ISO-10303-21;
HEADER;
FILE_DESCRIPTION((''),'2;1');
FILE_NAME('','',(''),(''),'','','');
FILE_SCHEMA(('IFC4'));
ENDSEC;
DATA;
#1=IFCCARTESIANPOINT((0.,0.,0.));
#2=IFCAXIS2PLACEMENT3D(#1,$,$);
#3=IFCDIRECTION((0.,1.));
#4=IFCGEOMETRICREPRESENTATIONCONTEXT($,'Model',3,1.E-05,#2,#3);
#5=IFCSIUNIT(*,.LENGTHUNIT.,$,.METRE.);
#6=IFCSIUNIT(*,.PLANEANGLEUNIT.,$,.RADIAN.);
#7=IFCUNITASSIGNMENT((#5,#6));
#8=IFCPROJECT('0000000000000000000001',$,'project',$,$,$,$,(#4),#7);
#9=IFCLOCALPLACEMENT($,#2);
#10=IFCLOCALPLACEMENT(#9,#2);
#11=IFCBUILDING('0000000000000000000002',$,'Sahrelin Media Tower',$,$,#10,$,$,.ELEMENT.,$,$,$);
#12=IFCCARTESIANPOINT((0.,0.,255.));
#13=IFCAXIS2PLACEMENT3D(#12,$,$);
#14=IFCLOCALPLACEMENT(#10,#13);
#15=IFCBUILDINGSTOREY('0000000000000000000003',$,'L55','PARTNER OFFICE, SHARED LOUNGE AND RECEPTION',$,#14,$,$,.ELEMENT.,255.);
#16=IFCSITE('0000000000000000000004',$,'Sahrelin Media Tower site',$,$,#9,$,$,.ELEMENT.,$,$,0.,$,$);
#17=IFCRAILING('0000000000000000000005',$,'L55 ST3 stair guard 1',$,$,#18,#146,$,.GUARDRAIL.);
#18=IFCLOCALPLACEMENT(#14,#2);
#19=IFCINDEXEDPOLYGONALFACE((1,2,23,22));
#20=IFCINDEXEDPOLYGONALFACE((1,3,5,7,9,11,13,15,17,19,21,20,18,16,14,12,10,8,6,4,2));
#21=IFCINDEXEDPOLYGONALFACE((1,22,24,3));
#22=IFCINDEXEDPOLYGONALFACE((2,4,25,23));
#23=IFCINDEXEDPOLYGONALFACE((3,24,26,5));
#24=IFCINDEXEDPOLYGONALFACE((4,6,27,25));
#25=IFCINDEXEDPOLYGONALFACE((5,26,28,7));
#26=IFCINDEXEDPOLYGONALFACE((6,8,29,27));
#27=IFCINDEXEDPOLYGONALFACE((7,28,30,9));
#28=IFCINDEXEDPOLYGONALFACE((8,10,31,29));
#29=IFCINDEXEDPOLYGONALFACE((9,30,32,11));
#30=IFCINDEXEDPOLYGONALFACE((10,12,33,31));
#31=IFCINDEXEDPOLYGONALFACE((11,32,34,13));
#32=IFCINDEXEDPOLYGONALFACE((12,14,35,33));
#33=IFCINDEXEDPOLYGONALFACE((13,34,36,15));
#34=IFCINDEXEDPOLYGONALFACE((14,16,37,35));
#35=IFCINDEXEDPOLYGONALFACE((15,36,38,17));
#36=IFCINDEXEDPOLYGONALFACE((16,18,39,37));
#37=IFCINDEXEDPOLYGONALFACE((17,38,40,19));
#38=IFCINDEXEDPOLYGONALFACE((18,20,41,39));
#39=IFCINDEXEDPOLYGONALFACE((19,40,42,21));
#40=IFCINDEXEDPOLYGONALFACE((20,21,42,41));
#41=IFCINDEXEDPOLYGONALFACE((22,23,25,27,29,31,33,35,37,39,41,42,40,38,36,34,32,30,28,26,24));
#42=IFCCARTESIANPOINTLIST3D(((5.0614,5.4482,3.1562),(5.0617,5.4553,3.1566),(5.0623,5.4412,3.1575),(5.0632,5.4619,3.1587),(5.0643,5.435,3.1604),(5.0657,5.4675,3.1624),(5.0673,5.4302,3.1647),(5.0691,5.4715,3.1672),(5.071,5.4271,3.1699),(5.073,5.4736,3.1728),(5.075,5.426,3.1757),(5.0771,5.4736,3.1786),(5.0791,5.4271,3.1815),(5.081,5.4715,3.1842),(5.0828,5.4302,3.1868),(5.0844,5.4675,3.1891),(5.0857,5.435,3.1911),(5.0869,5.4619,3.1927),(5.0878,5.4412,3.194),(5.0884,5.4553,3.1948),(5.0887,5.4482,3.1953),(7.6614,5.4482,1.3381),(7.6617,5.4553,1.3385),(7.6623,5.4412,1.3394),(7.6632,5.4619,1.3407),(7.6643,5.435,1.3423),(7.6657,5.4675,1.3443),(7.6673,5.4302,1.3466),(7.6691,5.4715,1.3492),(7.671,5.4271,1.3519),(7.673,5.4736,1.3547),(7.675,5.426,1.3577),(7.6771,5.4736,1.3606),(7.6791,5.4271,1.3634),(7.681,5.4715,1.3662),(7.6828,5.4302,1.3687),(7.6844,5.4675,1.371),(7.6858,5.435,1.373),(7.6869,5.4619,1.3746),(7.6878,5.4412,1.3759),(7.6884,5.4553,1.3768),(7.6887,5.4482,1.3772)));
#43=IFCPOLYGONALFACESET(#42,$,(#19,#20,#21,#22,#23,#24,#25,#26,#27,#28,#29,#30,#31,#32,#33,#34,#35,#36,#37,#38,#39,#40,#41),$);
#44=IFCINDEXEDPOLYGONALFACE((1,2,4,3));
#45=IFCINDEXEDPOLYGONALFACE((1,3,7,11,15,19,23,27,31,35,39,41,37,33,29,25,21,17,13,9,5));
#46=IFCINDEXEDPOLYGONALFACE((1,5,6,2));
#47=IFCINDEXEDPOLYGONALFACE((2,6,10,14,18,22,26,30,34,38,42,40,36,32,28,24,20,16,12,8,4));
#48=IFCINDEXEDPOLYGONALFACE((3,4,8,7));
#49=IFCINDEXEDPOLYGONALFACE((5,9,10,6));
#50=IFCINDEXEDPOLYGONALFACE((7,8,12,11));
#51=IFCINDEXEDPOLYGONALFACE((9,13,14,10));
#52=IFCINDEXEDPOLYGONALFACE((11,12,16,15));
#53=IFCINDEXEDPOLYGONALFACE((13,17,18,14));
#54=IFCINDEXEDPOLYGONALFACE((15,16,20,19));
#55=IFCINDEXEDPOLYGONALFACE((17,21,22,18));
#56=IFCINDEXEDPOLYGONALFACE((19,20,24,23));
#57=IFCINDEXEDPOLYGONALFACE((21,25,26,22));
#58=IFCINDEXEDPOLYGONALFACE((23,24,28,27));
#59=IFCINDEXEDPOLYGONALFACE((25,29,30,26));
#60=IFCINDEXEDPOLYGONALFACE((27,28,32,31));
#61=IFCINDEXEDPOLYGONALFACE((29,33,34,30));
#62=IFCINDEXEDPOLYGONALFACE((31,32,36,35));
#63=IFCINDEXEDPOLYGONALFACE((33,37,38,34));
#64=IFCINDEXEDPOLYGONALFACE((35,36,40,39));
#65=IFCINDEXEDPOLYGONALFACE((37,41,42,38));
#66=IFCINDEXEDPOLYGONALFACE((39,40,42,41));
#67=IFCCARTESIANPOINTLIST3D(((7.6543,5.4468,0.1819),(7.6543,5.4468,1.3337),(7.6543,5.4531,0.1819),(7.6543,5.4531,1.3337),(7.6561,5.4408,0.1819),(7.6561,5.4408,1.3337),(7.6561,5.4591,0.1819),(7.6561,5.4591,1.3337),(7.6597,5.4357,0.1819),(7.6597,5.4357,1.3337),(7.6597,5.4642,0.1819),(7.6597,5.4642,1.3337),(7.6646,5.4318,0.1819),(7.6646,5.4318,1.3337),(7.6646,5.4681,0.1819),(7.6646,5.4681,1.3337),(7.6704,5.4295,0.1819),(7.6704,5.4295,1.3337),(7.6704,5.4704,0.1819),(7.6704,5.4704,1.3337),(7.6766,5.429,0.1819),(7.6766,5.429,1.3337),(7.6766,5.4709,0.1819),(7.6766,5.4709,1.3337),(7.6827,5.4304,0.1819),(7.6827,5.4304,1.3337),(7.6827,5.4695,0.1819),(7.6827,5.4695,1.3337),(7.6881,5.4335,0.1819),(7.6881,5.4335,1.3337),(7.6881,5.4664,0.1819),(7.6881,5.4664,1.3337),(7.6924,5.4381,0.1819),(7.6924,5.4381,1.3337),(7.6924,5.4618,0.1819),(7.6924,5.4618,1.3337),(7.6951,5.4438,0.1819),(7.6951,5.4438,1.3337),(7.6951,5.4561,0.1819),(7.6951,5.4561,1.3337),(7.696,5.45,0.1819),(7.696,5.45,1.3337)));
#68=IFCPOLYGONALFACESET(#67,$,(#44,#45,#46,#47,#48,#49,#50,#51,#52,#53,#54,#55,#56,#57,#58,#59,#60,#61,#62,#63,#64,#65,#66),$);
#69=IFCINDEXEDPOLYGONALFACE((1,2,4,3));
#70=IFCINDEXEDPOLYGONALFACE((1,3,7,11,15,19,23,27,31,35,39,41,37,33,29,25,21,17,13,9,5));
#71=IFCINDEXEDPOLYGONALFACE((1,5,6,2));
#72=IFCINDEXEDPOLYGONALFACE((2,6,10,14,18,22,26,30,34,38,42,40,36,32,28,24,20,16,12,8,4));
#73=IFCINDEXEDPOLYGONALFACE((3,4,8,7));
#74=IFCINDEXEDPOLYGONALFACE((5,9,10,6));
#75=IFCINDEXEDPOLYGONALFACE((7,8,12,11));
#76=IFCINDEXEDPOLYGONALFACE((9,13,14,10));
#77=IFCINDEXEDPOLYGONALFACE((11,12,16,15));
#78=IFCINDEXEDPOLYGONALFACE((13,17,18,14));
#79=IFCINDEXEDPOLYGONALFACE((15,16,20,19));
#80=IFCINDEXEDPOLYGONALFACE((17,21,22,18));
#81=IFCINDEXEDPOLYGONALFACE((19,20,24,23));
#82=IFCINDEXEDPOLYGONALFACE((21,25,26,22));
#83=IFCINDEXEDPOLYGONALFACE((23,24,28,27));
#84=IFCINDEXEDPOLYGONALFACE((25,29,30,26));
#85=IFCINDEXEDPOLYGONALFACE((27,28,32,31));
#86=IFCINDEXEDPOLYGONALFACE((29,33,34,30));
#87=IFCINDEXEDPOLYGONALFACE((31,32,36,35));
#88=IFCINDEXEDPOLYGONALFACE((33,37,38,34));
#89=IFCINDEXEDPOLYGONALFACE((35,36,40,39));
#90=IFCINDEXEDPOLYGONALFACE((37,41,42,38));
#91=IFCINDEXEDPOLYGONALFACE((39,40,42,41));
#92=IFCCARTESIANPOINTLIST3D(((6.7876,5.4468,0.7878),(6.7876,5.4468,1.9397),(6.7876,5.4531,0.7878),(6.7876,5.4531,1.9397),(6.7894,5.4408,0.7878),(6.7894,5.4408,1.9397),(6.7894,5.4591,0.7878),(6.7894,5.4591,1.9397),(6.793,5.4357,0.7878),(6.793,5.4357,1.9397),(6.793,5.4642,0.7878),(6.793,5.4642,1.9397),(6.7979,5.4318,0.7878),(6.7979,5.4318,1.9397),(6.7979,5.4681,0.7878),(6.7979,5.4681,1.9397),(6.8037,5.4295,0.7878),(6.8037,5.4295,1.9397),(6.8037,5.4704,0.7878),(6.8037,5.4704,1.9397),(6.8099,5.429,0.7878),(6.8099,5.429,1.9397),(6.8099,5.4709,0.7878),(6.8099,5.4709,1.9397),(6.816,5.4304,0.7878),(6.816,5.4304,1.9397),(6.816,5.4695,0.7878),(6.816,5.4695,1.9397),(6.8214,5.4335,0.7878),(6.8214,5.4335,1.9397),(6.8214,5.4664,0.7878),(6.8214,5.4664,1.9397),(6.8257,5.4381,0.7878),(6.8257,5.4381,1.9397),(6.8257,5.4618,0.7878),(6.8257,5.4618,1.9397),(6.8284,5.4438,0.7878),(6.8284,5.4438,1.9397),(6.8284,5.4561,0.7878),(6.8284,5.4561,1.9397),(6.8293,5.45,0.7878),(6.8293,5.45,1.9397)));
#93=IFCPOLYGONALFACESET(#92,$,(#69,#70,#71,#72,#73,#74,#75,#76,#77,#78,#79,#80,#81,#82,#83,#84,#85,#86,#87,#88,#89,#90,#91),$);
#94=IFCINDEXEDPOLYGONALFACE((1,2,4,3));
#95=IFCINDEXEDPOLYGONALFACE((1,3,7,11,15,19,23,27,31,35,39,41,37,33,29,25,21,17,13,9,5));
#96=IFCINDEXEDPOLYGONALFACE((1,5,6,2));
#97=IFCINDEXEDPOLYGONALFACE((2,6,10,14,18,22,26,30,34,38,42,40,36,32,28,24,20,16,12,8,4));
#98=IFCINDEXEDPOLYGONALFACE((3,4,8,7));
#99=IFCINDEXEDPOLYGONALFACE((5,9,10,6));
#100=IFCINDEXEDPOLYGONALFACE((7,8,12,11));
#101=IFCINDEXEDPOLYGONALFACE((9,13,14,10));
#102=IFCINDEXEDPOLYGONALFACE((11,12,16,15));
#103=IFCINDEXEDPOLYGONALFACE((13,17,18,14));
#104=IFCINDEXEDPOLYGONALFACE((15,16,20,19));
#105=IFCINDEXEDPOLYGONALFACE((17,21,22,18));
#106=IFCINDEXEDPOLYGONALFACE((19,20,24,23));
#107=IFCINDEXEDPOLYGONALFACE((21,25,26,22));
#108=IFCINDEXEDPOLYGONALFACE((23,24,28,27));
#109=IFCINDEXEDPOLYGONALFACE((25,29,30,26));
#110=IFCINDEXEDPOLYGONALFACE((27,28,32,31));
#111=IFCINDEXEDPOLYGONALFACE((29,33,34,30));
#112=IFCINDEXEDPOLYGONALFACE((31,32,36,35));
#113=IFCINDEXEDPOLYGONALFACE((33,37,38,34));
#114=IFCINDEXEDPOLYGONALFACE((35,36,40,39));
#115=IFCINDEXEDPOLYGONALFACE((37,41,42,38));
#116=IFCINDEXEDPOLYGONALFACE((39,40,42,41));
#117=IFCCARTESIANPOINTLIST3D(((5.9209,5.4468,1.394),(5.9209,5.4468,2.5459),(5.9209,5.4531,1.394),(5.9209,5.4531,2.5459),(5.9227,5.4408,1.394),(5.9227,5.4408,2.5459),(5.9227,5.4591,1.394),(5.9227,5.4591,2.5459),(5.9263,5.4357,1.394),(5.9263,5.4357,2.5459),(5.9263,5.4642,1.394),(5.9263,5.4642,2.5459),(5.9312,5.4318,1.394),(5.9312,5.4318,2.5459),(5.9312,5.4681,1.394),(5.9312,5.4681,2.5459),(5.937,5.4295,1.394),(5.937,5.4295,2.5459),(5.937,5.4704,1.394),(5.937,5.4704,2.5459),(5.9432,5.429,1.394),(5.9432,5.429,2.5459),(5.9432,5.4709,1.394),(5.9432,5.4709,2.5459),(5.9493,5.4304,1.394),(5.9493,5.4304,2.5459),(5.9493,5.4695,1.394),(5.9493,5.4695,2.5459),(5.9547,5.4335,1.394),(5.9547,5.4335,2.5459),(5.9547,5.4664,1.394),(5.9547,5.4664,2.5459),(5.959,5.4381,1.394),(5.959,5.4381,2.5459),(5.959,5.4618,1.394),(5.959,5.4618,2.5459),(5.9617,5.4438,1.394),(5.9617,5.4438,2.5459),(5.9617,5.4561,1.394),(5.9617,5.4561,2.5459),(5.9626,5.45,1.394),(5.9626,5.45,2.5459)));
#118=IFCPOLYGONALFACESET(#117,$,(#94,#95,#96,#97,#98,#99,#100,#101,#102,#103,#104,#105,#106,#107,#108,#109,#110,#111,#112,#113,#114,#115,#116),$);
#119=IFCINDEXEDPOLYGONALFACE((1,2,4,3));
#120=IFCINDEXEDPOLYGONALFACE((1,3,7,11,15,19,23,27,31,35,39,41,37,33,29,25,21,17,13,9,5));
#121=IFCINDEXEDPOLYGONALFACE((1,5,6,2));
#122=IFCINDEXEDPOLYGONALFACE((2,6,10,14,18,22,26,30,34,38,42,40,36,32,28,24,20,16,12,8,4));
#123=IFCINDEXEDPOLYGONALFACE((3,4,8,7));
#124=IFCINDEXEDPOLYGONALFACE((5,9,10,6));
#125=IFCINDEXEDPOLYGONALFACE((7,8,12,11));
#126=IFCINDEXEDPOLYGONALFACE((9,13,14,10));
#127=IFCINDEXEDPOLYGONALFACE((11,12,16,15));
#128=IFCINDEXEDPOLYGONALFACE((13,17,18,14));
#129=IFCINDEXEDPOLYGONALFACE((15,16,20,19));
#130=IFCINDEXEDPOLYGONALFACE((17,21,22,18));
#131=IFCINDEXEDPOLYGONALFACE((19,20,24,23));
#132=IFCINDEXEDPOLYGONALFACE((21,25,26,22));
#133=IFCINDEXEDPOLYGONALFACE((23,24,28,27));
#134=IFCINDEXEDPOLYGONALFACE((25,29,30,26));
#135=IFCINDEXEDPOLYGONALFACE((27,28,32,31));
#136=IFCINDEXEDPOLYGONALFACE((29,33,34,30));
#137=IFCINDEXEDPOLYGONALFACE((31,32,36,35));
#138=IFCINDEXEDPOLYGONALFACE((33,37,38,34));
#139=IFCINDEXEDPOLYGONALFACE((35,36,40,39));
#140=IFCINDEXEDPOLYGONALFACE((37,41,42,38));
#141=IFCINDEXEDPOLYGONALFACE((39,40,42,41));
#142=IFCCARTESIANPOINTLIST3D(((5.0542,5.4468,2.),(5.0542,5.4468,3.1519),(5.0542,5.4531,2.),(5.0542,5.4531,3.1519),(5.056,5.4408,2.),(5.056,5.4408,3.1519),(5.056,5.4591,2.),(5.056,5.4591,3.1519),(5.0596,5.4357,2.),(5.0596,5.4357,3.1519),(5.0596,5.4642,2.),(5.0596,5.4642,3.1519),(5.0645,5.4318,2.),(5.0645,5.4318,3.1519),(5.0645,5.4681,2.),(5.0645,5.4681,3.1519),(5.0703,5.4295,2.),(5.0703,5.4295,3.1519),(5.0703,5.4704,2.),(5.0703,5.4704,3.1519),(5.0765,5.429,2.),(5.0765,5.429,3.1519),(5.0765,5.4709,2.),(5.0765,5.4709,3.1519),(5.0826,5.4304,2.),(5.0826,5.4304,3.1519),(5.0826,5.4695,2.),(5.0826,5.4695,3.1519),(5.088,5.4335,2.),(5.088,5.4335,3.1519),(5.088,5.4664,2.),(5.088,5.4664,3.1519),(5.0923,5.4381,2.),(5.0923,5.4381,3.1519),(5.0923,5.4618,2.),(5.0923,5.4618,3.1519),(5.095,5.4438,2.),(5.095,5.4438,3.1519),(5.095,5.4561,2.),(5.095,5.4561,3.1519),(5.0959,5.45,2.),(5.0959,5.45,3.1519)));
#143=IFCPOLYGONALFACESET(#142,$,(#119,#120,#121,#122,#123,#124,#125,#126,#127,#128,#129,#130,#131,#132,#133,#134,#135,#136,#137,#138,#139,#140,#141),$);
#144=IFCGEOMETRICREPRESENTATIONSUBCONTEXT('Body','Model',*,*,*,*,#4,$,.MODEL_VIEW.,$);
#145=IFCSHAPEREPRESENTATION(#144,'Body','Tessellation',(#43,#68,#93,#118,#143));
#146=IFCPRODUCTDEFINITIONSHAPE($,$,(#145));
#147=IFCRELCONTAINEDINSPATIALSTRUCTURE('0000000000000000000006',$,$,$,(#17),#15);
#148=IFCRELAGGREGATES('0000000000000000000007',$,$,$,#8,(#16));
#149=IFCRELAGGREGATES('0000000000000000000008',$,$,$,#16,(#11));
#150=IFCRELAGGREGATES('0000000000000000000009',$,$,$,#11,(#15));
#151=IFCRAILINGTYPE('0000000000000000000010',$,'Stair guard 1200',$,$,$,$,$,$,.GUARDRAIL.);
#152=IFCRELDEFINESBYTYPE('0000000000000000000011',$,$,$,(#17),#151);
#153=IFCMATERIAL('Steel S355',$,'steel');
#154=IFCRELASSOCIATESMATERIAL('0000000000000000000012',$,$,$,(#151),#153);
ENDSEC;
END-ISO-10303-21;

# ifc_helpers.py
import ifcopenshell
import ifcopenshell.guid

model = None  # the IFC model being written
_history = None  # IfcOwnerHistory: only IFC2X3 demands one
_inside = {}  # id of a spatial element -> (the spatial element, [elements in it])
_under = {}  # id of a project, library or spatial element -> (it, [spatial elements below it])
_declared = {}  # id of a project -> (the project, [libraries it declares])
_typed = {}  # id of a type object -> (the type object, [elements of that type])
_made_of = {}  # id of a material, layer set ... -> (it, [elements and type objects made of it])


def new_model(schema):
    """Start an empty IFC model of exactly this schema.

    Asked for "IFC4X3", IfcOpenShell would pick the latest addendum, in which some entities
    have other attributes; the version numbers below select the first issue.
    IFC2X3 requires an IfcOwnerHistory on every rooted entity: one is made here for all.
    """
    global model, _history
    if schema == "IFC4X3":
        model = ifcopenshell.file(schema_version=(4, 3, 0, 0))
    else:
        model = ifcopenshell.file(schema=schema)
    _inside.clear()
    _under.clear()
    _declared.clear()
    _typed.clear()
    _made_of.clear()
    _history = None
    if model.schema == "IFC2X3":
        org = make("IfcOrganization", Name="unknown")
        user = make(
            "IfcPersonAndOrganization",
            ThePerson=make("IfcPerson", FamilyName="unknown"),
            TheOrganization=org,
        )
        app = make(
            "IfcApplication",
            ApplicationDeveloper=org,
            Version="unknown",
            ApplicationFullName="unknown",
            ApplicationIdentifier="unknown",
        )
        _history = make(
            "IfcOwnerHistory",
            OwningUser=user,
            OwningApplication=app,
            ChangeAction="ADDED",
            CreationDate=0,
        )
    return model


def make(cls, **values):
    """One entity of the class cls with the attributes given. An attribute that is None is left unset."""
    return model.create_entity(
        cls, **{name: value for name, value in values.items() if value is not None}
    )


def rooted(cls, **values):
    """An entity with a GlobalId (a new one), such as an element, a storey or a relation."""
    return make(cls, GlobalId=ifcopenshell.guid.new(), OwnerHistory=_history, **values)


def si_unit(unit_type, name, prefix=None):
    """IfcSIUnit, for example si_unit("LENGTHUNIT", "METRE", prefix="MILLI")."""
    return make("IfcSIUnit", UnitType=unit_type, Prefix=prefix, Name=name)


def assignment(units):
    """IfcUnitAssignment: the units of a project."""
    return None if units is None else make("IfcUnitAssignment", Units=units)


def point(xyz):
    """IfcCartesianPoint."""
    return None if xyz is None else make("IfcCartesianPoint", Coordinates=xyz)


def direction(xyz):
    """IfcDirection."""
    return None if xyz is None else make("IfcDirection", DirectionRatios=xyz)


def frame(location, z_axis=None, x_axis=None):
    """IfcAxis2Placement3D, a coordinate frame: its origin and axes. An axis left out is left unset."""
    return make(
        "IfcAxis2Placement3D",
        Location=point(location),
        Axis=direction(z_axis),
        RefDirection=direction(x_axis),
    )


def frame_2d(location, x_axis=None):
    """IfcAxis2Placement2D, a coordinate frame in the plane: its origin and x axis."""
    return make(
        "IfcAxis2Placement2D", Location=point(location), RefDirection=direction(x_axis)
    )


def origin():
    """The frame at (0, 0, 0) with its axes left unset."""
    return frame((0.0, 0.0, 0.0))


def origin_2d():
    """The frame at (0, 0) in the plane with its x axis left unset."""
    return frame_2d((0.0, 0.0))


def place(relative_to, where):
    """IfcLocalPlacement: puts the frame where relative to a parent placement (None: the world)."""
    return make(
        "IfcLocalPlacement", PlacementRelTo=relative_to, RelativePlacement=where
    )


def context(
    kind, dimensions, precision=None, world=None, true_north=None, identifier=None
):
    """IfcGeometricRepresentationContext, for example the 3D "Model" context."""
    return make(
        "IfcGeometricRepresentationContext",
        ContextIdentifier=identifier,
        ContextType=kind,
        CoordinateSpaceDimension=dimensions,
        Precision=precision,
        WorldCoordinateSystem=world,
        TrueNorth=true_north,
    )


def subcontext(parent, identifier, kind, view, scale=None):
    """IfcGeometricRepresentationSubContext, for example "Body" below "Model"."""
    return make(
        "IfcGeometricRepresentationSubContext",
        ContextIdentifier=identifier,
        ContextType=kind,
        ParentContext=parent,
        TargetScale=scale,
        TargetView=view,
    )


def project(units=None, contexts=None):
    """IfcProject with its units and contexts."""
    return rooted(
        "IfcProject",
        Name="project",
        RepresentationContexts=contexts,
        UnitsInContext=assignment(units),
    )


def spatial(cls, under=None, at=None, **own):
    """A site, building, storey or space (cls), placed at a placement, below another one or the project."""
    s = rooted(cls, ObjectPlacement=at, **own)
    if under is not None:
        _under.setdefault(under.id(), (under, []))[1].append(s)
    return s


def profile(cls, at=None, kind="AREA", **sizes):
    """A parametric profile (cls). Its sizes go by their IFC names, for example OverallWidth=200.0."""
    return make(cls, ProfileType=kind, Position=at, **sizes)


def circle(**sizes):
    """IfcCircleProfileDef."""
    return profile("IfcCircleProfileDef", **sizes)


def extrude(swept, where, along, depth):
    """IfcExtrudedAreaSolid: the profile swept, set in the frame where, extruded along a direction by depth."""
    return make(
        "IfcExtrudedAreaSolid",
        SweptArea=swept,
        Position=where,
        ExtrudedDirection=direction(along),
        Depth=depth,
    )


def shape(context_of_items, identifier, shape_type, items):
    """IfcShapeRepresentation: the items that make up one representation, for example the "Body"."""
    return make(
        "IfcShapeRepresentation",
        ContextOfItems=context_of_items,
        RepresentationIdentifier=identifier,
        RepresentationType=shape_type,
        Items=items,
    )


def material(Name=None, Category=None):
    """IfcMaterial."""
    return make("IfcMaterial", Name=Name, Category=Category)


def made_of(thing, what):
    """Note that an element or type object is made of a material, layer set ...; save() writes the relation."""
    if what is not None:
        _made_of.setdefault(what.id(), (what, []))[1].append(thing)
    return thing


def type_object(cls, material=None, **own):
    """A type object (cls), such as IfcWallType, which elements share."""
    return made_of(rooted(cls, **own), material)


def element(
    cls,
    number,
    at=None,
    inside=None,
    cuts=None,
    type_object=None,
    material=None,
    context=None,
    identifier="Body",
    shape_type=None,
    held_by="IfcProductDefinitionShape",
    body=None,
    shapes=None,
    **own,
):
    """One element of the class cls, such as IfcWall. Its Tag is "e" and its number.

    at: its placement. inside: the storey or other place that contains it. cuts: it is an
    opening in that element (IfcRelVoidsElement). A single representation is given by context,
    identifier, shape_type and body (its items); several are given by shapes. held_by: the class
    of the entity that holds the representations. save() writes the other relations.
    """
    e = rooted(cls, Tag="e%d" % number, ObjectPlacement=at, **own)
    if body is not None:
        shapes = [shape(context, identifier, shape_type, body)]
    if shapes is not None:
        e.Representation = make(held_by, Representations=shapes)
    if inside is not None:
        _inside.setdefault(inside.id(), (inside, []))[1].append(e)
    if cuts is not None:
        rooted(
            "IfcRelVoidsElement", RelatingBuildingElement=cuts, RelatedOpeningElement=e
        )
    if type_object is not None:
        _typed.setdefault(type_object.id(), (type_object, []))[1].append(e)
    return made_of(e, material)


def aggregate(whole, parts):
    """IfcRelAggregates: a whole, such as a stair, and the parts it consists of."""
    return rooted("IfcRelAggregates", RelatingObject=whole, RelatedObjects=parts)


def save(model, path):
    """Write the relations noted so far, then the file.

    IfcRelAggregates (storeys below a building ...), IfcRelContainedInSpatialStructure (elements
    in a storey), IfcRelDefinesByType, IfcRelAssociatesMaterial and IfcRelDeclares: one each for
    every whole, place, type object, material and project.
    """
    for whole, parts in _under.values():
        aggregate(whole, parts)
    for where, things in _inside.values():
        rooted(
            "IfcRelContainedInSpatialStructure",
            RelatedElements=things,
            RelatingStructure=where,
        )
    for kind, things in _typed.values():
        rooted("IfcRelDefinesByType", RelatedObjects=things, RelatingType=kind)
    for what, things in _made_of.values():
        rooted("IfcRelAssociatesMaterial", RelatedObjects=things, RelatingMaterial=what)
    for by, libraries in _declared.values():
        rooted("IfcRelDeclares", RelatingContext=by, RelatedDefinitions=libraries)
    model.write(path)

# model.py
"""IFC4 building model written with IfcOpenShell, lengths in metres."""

from ifc_helpers import new_model, si_unit, direction, frame, origin, origin_2d, place, context, subcontext, project, spatial, circle, extrude, material, type_object, element, save


model = new_model("IFC4")

# Units and contexts
model_context = context("Model", 3, precision=1e-05, world=origin(), true_north=direction((0.0, 1.0)))
body_context = subcontext(model_context, "Body", "Model", "MODEL_VIEW")
ifc_project = project(units=[si_unit("LENGTHUNIT", "METRE"), si_unit("PLANEANGLEUNIT", "RADIAN")], contexts=[model_context])

# Site, building, storey
site_placement = place(None, origin())
site = spatial("IfcSite", under=ifc_project, at=site_placement, Name="Sahrelin Media Tower site", CompositionType="ELEMENT", RefElevation=0.0)
building_placement = place(site_placement, origin())
building = spatial("IfcBuilding", under=site, at=building_placement, Name="Sahrelin Media Tower", CompositionType="ELEMENT")
storey_placement = place(building_placement, frame((0.0, 0.0, 255.0)))
storey = spatial("IfcBuildingStorey", under=building, at=storey_placement, Name="L55", Description="PARTNER OFFICE, SHARED LOUNGE AND RECEPTION", CompositionType="ELEMENT", Elevation=255.0)

# Shared definitions
ifc_material_1 = material(Name="Steel S355", Category="steel")

# Railing
railing_type_1 = type_object("IfcRailingType", Name="Stair guard 1200", PredefinedType="GUARDRAIL", material=ifc_material_1)
railing_1_placement = place(storey_placement, frame((7.675, 5.45, 0.1819)))
element("IfcRailing", 1, at=railing_1_placement, inside=storey, type_object=railing_type_1, Name="L55 ST3 stair guard 1", PredefinedType="GUARDRAIL", context=body_context, shape_type="SweptSolid", body=[
    extrude(circle(Radius=0.0239, at=origin_2d()), frame((0.0, 0.0, 1.1758), z_axis=(-0.819521, 0.0, 0.573049), x_axis=(0.0, -1.0, 0.0)), (0.0, 0.0, 1.0), 3.1726),
    extrude(circle(Radius=0.021, at=origin_2d()), origin(), (0.0, 0.0, 1.0), 1.1519),
    extrude(circle(Radius=0.021, at=origin_2d()), frame((-0.8667, 0.0, 0.606)), (0.0, 0.0, 1.0), 1.1519),
    extrude(circle(Radius=0.021, at=origin_2d()), frame((-1.7334, 0.0, 1.2122)), (0.0, 0.0, 1.0), 1.1519),
    extrude(circle(Radius=0.021, at=origin_2d()), frame((-2.6001, 0.0, 1.8181)), (0.0, 0.0, 1.0), 1.1519),
])

save(model, "model.ifc")
